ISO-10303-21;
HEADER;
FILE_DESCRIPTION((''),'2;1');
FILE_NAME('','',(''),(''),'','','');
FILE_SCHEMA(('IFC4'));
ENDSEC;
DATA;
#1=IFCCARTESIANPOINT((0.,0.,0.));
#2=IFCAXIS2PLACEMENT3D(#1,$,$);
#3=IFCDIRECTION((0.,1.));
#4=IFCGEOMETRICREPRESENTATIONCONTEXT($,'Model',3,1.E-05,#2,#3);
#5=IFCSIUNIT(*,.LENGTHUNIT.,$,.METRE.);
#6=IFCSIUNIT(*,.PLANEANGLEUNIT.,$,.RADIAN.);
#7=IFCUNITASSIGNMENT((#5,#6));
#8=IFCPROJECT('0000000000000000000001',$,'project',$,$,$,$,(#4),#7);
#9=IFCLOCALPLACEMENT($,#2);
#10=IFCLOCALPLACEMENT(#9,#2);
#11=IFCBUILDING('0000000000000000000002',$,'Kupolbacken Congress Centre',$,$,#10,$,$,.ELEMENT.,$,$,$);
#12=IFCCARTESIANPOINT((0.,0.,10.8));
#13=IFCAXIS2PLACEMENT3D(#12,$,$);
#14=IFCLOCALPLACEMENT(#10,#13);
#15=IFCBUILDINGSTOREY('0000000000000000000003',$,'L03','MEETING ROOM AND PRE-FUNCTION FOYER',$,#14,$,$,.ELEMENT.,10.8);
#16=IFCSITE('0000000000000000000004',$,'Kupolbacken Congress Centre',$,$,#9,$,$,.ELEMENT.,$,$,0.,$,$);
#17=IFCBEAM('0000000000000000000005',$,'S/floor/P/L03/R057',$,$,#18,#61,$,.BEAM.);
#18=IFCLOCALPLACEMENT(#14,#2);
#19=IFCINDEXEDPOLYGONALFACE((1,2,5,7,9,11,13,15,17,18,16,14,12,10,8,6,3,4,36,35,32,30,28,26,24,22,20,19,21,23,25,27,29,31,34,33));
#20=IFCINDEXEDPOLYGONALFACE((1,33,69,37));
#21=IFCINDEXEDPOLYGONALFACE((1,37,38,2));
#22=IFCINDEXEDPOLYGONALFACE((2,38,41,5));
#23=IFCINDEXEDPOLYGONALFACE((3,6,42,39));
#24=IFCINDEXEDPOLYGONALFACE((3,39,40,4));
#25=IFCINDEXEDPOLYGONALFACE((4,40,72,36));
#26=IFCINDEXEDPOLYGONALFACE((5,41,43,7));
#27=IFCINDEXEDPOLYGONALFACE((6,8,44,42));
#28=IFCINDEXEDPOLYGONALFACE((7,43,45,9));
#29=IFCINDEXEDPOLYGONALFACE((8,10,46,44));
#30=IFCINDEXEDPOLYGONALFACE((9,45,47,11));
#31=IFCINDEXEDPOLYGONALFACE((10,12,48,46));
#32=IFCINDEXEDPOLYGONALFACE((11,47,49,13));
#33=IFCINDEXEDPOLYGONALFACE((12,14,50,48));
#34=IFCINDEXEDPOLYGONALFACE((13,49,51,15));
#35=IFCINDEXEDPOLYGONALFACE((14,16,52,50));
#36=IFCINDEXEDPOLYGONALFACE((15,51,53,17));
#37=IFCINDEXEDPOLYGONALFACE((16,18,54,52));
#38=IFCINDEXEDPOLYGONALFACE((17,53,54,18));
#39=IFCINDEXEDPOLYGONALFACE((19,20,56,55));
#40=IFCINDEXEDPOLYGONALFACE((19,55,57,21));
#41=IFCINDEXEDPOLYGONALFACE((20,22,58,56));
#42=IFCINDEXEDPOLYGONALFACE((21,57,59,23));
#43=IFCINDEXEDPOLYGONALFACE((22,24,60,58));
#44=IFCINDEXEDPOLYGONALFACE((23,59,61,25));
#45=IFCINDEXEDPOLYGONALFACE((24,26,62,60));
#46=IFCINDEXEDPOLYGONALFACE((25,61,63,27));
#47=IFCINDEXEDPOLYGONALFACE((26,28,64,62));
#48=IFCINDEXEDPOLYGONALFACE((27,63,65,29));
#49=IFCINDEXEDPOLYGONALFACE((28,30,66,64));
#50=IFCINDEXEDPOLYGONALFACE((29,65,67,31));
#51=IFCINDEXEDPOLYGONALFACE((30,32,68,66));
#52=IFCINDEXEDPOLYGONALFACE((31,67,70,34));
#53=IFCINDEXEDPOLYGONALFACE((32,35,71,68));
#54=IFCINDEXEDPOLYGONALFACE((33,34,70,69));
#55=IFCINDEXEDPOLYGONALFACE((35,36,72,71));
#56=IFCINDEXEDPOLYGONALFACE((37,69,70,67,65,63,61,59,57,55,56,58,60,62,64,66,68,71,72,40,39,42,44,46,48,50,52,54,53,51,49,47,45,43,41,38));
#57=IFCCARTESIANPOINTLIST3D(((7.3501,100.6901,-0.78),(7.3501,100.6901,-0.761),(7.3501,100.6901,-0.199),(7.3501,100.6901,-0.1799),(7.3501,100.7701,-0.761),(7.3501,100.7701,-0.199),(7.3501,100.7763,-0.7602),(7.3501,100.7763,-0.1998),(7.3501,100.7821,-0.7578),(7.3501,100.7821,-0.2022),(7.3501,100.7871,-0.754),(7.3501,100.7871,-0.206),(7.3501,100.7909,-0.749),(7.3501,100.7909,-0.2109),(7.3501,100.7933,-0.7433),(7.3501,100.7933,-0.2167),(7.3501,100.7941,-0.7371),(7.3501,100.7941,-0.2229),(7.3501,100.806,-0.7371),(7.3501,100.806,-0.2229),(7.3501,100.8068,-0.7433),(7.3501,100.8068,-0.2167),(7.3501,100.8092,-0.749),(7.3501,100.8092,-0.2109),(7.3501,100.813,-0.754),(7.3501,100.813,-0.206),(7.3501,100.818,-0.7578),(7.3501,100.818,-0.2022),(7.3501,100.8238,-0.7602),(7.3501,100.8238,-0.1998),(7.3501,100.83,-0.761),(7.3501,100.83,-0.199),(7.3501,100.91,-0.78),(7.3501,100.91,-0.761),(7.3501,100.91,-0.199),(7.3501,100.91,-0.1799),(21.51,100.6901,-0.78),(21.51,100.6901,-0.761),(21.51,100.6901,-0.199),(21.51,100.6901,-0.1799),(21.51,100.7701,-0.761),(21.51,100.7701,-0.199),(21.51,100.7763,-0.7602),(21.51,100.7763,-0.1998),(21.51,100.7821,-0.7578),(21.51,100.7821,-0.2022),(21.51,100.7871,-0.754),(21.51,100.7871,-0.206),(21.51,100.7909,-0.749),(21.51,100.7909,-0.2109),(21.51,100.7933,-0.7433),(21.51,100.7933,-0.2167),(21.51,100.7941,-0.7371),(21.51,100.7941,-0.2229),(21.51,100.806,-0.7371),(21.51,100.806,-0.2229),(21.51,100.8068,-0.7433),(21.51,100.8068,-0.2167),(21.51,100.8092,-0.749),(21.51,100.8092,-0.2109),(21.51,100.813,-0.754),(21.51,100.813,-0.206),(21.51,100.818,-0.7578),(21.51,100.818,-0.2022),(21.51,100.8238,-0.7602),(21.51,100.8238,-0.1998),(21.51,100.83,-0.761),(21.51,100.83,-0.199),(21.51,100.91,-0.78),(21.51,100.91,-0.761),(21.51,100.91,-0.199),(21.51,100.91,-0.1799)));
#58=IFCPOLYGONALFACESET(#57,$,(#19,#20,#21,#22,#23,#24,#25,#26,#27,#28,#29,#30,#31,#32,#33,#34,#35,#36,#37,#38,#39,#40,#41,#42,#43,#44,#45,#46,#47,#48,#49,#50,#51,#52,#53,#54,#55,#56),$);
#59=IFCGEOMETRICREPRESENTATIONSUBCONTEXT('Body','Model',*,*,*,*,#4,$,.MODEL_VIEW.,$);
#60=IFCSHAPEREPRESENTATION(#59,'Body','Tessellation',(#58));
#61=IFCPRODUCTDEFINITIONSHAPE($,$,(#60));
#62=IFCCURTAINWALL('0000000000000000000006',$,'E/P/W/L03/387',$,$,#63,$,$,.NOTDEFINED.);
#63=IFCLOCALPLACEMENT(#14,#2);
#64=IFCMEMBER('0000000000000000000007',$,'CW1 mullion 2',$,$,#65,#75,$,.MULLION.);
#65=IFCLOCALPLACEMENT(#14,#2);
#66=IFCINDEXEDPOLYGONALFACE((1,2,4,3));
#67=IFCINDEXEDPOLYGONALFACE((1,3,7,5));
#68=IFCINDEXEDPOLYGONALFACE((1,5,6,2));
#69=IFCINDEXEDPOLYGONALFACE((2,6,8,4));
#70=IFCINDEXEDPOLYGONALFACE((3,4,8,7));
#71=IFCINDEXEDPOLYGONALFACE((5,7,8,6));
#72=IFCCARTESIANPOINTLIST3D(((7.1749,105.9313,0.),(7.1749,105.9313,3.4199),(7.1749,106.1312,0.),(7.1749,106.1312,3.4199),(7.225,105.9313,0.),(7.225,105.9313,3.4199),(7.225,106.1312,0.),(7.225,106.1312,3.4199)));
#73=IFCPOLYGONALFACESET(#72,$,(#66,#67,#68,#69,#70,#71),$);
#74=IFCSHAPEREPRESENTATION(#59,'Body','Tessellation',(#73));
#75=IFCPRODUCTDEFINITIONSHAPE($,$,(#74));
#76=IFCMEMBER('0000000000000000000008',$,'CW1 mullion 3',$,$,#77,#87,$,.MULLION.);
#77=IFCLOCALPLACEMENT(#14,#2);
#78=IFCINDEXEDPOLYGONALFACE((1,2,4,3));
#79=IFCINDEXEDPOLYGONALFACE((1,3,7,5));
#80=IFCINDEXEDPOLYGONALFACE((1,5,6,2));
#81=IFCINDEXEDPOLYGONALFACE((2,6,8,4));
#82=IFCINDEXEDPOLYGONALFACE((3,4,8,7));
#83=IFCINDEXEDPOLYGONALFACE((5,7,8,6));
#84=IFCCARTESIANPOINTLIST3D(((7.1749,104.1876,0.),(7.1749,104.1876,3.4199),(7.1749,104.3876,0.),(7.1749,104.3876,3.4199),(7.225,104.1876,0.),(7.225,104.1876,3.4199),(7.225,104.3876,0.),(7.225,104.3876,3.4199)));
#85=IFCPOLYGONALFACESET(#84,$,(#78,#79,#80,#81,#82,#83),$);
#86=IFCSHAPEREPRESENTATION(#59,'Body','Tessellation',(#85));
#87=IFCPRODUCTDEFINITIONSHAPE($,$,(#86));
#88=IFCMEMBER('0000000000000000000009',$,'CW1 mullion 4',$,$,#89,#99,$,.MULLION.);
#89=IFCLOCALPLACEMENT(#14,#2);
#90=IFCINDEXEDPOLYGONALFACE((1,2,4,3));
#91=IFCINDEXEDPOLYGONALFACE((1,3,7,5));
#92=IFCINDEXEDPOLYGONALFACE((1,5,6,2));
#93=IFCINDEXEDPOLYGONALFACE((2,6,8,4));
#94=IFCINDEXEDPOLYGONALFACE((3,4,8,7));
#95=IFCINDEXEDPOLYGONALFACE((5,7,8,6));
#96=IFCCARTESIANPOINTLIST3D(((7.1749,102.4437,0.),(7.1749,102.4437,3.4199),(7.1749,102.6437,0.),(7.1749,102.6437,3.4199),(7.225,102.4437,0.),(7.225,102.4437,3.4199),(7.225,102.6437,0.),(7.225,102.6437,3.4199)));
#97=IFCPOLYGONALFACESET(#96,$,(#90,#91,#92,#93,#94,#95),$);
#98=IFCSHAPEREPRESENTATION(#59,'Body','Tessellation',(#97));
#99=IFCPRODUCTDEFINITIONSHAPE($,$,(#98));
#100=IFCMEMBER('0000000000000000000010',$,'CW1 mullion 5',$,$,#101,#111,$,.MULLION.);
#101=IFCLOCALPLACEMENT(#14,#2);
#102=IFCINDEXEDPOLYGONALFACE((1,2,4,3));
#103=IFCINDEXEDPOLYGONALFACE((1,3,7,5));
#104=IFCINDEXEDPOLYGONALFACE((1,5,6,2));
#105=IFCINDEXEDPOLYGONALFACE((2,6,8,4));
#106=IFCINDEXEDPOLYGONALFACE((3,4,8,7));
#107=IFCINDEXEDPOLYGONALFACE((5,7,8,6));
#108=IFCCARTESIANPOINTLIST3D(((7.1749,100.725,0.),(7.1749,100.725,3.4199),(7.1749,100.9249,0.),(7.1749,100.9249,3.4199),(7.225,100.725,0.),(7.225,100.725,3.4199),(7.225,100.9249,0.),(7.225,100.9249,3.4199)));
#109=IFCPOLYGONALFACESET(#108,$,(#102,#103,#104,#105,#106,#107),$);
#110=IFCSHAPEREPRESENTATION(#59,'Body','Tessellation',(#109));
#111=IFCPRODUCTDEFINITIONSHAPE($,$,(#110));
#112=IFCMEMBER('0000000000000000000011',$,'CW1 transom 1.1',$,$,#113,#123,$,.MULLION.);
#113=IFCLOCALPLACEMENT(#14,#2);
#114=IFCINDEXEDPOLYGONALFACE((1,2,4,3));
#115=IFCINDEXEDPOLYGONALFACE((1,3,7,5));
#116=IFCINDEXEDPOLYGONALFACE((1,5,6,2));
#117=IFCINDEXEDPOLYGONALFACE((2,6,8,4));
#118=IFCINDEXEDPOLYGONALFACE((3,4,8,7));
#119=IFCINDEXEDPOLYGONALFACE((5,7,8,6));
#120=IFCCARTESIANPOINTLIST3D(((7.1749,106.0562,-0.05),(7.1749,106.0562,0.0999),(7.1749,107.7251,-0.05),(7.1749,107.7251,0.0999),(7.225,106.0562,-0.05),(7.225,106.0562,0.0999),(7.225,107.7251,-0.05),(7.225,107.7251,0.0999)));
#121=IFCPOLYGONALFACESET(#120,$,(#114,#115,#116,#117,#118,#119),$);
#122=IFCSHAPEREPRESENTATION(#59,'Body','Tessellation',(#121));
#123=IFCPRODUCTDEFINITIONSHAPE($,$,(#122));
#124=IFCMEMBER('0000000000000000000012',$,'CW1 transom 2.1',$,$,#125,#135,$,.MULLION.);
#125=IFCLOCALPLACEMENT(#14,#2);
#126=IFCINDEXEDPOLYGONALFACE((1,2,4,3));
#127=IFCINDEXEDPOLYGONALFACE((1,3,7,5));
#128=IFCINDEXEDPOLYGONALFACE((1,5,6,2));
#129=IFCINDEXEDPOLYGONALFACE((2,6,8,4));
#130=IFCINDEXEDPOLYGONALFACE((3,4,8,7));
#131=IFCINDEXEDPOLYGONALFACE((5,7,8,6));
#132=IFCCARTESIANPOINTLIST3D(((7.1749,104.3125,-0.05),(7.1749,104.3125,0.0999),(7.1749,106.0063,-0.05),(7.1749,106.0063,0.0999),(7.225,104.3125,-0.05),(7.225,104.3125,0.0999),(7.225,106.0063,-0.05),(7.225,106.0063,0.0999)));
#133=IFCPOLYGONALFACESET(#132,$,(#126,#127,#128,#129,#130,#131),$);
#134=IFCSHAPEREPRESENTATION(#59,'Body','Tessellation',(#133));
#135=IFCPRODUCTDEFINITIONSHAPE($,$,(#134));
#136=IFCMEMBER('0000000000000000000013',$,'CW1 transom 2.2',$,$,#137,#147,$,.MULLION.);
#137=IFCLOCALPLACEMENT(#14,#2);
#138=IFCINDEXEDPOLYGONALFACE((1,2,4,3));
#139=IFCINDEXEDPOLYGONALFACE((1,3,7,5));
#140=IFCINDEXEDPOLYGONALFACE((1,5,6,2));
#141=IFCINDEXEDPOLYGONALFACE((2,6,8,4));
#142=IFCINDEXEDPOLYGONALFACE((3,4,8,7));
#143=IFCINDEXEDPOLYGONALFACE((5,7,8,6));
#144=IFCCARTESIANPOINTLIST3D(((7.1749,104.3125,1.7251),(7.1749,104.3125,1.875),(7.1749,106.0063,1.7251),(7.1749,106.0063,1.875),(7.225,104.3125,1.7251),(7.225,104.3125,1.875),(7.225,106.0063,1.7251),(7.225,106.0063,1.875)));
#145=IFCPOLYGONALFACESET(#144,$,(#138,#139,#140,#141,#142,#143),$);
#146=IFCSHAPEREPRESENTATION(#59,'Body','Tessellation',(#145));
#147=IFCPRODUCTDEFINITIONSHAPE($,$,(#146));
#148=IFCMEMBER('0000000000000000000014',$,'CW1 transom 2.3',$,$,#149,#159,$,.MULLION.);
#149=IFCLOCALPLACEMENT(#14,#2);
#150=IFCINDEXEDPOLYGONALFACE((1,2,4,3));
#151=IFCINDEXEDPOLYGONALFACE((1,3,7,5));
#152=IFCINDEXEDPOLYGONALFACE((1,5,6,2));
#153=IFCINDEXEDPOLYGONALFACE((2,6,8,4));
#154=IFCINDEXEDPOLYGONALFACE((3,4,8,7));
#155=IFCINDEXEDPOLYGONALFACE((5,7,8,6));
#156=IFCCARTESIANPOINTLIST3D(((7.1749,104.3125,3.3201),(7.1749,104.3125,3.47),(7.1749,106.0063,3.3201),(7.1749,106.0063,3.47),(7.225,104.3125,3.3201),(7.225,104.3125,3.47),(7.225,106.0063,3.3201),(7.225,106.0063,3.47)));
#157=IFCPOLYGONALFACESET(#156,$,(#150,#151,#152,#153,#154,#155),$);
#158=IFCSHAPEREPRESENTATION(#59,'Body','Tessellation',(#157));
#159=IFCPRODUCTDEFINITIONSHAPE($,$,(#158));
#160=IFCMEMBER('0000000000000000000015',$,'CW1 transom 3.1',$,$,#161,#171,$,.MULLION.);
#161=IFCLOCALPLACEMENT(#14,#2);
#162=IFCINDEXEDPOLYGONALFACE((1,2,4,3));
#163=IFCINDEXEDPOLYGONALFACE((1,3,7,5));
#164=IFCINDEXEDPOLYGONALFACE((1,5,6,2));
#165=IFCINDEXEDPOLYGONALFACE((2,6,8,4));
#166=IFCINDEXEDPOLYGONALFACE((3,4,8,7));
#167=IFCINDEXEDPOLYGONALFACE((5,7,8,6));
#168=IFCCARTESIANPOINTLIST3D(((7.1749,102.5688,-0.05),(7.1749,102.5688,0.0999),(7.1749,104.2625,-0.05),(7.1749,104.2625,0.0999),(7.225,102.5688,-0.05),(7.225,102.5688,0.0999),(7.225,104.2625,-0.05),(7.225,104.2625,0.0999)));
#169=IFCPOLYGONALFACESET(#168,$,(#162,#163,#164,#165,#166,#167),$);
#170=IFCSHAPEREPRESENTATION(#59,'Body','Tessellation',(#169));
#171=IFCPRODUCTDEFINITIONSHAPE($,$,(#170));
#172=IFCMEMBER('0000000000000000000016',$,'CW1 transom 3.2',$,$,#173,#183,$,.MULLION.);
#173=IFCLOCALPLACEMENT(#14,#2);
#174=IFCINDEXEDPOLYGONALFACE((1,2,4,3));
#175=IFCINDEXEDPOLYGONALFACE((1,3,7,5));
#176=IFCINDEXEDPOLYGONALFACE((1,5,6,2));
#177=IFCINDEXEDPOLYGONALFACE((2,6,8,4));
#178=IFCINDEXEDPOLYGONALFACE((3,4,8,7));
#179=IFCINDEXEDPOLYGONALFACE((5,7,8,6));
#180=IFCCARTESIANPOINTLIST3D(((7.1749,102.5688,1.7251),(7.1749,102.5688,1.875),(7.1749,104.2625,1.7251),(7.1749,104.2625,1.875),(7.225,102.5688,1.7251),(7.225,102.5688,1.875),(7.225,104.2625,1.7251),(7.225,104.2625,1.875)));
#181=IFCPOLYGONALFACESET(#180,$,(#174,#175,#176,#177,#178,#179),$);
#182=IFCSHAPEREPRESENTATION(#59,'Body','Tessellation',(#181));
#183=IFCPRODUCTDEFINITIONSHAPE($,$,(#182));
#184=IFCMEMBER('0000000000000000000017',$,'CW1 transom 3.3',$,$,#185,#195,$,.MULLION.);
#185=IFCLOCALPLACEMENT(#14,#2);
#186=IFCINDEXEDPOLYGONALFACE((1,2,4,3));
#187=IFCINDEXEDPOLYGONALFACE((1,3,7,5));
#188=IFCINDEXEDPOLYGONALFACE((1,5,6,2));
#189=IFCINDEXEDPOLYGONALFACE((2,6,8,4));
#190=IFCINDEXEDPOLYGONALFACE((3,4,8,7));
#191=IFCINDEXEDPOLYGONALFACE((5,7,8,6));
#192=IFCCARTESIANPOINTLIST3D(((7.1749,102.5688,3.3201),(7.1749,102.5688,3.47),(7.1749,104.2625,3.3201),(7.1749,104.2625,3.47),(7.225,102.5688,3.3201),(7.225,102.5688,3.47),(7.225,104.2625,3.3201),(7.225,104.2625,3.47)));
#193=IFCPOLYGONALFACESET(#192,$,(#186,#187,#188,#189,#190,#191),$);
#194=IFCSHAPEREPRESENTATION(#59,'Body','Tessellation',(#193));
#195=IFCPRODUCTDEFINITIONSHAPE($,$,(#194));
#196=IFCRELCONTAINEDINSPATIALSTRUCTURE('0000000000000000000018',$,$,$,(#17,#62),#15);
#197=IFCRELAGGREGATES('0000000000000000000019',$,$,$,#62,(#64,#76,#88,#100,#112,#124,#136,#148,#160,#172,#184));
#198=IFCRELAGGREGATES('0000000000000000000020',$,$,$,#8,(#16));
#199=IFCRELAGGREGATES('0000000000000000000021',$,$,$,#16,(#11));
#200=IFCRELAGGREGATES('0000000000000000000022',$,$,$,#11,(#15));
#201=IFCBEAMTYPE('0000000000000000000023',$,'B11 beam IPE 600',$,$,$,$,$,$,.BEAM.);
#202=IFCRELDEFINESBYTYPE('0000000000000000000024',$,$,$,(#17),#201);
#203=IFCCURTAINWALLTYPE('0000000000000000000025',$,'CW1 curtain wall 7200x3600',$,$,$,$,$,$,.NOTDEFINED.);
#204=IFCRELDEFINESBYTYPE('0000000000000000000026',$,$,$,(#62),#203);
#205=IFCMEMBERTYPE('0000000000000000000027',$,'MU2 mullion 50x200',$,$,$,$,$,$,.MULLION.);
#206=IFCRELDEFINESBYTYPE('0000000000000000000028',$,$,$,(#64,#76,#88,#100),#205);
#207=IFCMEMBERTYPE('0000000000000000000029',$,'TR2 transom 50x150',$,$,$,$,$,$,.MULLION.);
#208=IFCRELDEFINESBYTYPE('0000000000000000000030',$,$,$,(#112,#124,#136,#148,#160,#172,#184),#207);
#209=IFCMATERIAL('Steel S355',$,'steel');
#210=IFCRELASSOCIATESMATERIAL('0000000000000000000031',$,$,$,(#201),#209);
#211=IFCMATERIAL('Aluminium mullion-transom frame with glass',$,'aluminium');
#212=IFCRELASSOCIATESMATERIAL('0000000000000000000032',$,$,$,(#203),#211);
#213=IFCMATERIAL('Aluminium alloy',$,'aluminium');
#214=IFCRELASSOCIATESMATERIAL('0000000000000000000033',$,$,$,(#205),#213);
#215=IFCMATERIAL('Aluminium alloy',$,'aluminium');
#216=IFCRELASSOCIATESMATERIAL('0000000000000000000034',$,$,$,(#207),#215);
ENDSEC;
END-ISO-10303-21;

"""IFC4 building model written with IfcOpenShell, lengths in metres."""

from ifc_helpers import new_model, si_unit, direction, frame, origin, origin_2d, place, context, subcontext, project, spatial, rectangle, i_section, extrude, material, material_profile, profile_set, type_object, element, aggregate, save


model = new_model("IFC4")

# Units and contexts
model_context = context("Model", 3, precision=1e-05, world=origin(), true_north=direction((0.0, 1.0)))
body_context = subcontext(model_context, "Body", "Model", "MODEL_VIEW")
ifc_project = project(units=[si_unit("LENGTHUNIT", "METRE"), si_unit("PLANEANGLEUNIT", "RADIAN")], contexts=[model_context])

# Site, building, storey
site_placement = place(None, origin())
site = spatial("IfcSite", under=ifc_project, at=site_placement, Name="Kupolbacken Congress Centre", CompositionType="ELEMENT", RefElevation=0.0)
building_placement = place(site_placement, origin())
building = spatial("IfcBuilding", under=site, at=building_placement, Name="Kupolbacken Congress Centre", CompositionType="ELEMENT")
storey_placement = place(building_placement, frame((0.0, 0.0, 10.8)))
storey = spatial("IfcBuildingStorey", under=building, at=storey_placement, Name="L03", Description="MEETING ROOM AND PRE-FUNCTION FOYER", CompositionType="ELEMENT", Elevation=10.8)

# Beam
ifc_material_1 = material(Name="Steel S355", Category="steel")
ifc_material_profile_1 = material_profile(ifc_material_1, i_section(OverallWidth=0.22, OverallDepth=0.6001, WebThickness=0.012, FlangeThickness=0.019, FilletRadius=0.0239, at=origin_2d()), Name="IPE 600")
ifc_profile_set_1 = profile_set([ifc_material_profile_1], Name="Steel S355")
beam_type = type_object("IfcBeamType", Name="B11 beam IPE 600", PredefinedType="BEAM", material=ifc_profile_set_1)
beam_placement = place(storey_placement, frame((7.3501, 100.8, -0.48), z_axis=(1.0, 0.0, 0.0), x_axis=(0.0, 1.0, 0.0)))
element("IfcBeam", 1, at=beam_placement, inside=storey, type_object=beam_type, Name="S/floor/P/L03/R057", PredefinedType="BEAM", context=body_context, shape_type="SweptSolid", body=[
    extrude(i_section(OverallWidth=0.22, OverallDepth=0.6001, WebThickness=0.012, FlangeThickness=0.019, FilletRadius=0.0239, at=origin_2d()), origin(), (0.0, 0.0, 1.0), 14.1599),
])

# Curtain wall, members
ifc_material_2 = material(Name="Aluminium mullion-transom frame with glass", Category="aluminium")
curtain_wall_type = type_object("IfcCurtainWallType", Name="CW1 curtain wall 7200x3600", PredefinedType="NOTDEFINED", material=ifc_material_2)
curtain_wall_placement = place(storey_placement, origin())
curtain_wall = element("IfcCurtainWall", 2, at=curtain_wall_placement, inside=storey, type_object=curtain_wall_type, Name="E/P/W/L03/387", PredefinedType="NOTDEFINED")
ifc_material_3 = material(Name="Aluminium alloy", Category="aluminium")
ifc_material_profile_2 = material_profile(ifc_material_3, rectangle(XDim=0.05, YDim=0.2, at=origin_2d()), Name="50 x 200")
ifc_profile_set_2 = profile_set([ifc_material_profile_2], Name="Aluminium alloy")
member_type_1 = type_object("IfcMemberType", Name="MU2 mullion 50x200", PredefinedType="MULLION", material=ifc_profile_set_2)
member_1_placement = place(storey_placement, frame((7.2, 106.0312, 0.0), z_axis=(0.0, 0.0, 1.0), x_axis=(1.0, 0.0, 0.0)))
member_1 = element("IfcMember", 3, at=member_1_placement, type_object=member_type_1, Name="CW1 mullion 2", PredefinedType="MULLION", context=body_context, shape_type="SweptSolid", body=[
    extrude(rectangle(XDim=0.05, YDim=0.2, at=origin_2d()), origin(), (0.0, 0.0, 1.0), 3.4199),
])
member_2_placement = place(storey_placement, frame((7.2, 104.2876, 0.0), z_axis=(0.0, 0.0, 1.0), x_axis=(1.0, 0.0, 0.0)))
member_2 = element("IfcMember", 4, at=member_2_placement, type_object=member_type_1, Name="CW1 mullion 3", PredefinedType="MULLION", context=body_context, shape_type="SweptSolid", body=[
    extrude(rectangle(XDim=0.05, YDim=0.2, at=origin_2d()), origin(), (0.0, 0.0, 1.0), 3.4199),
])
member_3_placement = place(storey_placement, frame((7.2, 102.5437, 0.0), z_axis=(0.0, 0.0, 1.0), x_axis=(1.0, 0.0, 0.0)))
member_3 = element("IfcMember", 5, at=member_3_placement, type_object=member_type_1, Name="CW1 mullion 4", PredefinedType="MULLION", context=body_context, shape_type="SweptSolid", body=[
    extrude(rectangle(XDim=0.05, YDim=0.2, at=origin_2d()), origin(), (0.0, 0.0, 1.0), 3.4199),
])
member_4_placement = place(storey_placement, frame((7.2, 100.825, 0.0), z_axis=(0.0, 0.0, 1.0), x_axis=(1.0, 0.0, 0.0)))
member_4 = element("IfcMember", 6, at=member_4_placement, type_object=member_type_1, Name="CW1 mullion 5", PredefinedType="MULLION", context=body_context, shape_type="SweptSolid", body=[
    extrude(rectangle(XDim=0.05, YDim=0.2, at=origin_2d()), origin(), (0.0, 0.0, 1.0), 3.4199),
])
ifc_material_4 = material(Name="Aluminium alloy", Category="aluminium")
ifc_material_profile_3 = material_profile(ifc_material_4, rectangle(XDim=0.05, YDim=0.1499, at=origin_2d()), Name="50 x 150")
ifc_profile_set_3 = profile_set([ifc_material_profile_3], Name="Aluminium alloy")
member_type_2 = type_object("IfcMemberType", Name="TR2 transom 50x150", PredefinedType="MULLION", material=ifc_profile_set_3)
member_5_placement = place(storey_placement, frame((7.2, 107.7251, 0.0249), z_axis=(0.0, -1.0, 0.0), x_axis=(1.0, 0.0, 0.0)))
member_5 = element("IfcMember", 7, at=member_5_placement, type_object=member_type_2, Name="CW1 transom 1.1", PredefinedType="MULLION", context=body_context, shape_type="SweptSolid", body=[
    extrude(rectangle(XDim=0.05, YDim=0.1499, at=origin_2d()), origin(), (0.0, 0.0, 1.0), 1.6689),
])
member_6_placement = place(storey_placement, frame((7.2, 106.0063, 0.0249), z_axis=(0.0, -1.0, 0.0), x_axis=(1.0, 0.0, 0.0)))
member_6 = element("IfcMember", 8, at=member_6_placement, type_object=member_type_2, Name="CW1 transom 2.1", PredefinedType="MULLION", context=body_context, shape_type="SweptSolid", body=[
    extrude(rectangle(XDim=0.05, YDim=0.1499, at=origin_2d()), origin(), (0.0, 0.0, 1.0), 1.6938),
])
member_7_placement = place(storey_placement, frame((7.2, 106.0063, 1.8), z_axis=(0.0, -1.0, 0.0), x_axis=(1.0, 0.0, 0.0)))
member_7 = element("IfcMember", 9, at=member_7_placement, type_object=member_type_2, Name="CW1 transom 2.2", PredefinedType="MULLION", context=body_context, shape_type="SweptSolid", body=[
    extrude(rectangle(XDim=0.05, YDim=0.1499, at=origin_2d()), origin(), (0.0, 0.0, 1.0), 1.6938),
])
member_8_placement = place(storey_placement, frame((7.2, 106.0063, 3.395), z_axis=(0.0, -1.0, 0.0), x_axis=(1.0, 0.0, 0.0)))
member_8 = element("IfcMember", 10, at=member_8_placement, type_object=member_type_2, Name="CW1 transom 2.3", PredefinedType="MULLION", context=body_context, shape_type="SweptSolid", body=[
    extrude(rectangle(XDim=0.05, YDim=0.1499, at=origin_2d()), origin(), (0.0, 0.0, 1.0), 1.6938),
])
member_9_placement = place(storey_placement, frame((7.2, 104.2625, 0.0249), z_axis=(0.0, -1.0, 0.0), x_axis=(1.0, 0.0, 0.0)))
member_9 = element("IfcMember", 11, at=member_9_placement, type_object=member_type_2, Name="CW1 transom 3.1", PredefinedType="MULLION", context=body_context, shape_type="SweptSolid", body=[
    extrude(rectangle(XDim=0.05, YDim=0.1499, at=origin_2d()), origin(), (0.0, 0.0, 1.0), 1.6936),
])
member_10_placement = place(storey_placement, frame((7.2, 104.2625, 1.8), z_axis=(0.0, -1.0, 0.0), x_axis=(1.0, 0.0, 0.0)))
member_10 = element("IfcMember", 12, at=member_10_placement, type_object=member_type_2, Name="CW1 transom 3.2", PredefinedType="MULLION", context=body_context, shape_type="SweptSolid", body=[
    extrude(rectangle(XDim=0.05, YDim=0.1499, at=origin_2d()), origin(), (0.0, 0.0, 1.0), 1.6936),
])
member_11_placement = place(storey_placement, frame((7.2, 104.2625, 3.395), z_axis=(0.0, -1.0, 0.0), x_axis=(1.0, 0.0, 0.0)))
member_11 = element("IfcMember", 13, at=member_11_placement, type_object=member_type_2, Name="CW1 transom 3.3", PredefinedType="MULLION", context=body_context, shape_type="SweptSolid", body=[
    extrude(rectangle(XDim=0.05, YDim=0.1499, at=origin_2d()), origin(), (0.0, 0.0, 1.0), 1.6936),
])
aggregate(curtain_wall, [member_1, member_2, member_3, member_4, member_5, member_6, member_7, member_8, member_9, member_10, member_11])

save(model, "model.ifc")
